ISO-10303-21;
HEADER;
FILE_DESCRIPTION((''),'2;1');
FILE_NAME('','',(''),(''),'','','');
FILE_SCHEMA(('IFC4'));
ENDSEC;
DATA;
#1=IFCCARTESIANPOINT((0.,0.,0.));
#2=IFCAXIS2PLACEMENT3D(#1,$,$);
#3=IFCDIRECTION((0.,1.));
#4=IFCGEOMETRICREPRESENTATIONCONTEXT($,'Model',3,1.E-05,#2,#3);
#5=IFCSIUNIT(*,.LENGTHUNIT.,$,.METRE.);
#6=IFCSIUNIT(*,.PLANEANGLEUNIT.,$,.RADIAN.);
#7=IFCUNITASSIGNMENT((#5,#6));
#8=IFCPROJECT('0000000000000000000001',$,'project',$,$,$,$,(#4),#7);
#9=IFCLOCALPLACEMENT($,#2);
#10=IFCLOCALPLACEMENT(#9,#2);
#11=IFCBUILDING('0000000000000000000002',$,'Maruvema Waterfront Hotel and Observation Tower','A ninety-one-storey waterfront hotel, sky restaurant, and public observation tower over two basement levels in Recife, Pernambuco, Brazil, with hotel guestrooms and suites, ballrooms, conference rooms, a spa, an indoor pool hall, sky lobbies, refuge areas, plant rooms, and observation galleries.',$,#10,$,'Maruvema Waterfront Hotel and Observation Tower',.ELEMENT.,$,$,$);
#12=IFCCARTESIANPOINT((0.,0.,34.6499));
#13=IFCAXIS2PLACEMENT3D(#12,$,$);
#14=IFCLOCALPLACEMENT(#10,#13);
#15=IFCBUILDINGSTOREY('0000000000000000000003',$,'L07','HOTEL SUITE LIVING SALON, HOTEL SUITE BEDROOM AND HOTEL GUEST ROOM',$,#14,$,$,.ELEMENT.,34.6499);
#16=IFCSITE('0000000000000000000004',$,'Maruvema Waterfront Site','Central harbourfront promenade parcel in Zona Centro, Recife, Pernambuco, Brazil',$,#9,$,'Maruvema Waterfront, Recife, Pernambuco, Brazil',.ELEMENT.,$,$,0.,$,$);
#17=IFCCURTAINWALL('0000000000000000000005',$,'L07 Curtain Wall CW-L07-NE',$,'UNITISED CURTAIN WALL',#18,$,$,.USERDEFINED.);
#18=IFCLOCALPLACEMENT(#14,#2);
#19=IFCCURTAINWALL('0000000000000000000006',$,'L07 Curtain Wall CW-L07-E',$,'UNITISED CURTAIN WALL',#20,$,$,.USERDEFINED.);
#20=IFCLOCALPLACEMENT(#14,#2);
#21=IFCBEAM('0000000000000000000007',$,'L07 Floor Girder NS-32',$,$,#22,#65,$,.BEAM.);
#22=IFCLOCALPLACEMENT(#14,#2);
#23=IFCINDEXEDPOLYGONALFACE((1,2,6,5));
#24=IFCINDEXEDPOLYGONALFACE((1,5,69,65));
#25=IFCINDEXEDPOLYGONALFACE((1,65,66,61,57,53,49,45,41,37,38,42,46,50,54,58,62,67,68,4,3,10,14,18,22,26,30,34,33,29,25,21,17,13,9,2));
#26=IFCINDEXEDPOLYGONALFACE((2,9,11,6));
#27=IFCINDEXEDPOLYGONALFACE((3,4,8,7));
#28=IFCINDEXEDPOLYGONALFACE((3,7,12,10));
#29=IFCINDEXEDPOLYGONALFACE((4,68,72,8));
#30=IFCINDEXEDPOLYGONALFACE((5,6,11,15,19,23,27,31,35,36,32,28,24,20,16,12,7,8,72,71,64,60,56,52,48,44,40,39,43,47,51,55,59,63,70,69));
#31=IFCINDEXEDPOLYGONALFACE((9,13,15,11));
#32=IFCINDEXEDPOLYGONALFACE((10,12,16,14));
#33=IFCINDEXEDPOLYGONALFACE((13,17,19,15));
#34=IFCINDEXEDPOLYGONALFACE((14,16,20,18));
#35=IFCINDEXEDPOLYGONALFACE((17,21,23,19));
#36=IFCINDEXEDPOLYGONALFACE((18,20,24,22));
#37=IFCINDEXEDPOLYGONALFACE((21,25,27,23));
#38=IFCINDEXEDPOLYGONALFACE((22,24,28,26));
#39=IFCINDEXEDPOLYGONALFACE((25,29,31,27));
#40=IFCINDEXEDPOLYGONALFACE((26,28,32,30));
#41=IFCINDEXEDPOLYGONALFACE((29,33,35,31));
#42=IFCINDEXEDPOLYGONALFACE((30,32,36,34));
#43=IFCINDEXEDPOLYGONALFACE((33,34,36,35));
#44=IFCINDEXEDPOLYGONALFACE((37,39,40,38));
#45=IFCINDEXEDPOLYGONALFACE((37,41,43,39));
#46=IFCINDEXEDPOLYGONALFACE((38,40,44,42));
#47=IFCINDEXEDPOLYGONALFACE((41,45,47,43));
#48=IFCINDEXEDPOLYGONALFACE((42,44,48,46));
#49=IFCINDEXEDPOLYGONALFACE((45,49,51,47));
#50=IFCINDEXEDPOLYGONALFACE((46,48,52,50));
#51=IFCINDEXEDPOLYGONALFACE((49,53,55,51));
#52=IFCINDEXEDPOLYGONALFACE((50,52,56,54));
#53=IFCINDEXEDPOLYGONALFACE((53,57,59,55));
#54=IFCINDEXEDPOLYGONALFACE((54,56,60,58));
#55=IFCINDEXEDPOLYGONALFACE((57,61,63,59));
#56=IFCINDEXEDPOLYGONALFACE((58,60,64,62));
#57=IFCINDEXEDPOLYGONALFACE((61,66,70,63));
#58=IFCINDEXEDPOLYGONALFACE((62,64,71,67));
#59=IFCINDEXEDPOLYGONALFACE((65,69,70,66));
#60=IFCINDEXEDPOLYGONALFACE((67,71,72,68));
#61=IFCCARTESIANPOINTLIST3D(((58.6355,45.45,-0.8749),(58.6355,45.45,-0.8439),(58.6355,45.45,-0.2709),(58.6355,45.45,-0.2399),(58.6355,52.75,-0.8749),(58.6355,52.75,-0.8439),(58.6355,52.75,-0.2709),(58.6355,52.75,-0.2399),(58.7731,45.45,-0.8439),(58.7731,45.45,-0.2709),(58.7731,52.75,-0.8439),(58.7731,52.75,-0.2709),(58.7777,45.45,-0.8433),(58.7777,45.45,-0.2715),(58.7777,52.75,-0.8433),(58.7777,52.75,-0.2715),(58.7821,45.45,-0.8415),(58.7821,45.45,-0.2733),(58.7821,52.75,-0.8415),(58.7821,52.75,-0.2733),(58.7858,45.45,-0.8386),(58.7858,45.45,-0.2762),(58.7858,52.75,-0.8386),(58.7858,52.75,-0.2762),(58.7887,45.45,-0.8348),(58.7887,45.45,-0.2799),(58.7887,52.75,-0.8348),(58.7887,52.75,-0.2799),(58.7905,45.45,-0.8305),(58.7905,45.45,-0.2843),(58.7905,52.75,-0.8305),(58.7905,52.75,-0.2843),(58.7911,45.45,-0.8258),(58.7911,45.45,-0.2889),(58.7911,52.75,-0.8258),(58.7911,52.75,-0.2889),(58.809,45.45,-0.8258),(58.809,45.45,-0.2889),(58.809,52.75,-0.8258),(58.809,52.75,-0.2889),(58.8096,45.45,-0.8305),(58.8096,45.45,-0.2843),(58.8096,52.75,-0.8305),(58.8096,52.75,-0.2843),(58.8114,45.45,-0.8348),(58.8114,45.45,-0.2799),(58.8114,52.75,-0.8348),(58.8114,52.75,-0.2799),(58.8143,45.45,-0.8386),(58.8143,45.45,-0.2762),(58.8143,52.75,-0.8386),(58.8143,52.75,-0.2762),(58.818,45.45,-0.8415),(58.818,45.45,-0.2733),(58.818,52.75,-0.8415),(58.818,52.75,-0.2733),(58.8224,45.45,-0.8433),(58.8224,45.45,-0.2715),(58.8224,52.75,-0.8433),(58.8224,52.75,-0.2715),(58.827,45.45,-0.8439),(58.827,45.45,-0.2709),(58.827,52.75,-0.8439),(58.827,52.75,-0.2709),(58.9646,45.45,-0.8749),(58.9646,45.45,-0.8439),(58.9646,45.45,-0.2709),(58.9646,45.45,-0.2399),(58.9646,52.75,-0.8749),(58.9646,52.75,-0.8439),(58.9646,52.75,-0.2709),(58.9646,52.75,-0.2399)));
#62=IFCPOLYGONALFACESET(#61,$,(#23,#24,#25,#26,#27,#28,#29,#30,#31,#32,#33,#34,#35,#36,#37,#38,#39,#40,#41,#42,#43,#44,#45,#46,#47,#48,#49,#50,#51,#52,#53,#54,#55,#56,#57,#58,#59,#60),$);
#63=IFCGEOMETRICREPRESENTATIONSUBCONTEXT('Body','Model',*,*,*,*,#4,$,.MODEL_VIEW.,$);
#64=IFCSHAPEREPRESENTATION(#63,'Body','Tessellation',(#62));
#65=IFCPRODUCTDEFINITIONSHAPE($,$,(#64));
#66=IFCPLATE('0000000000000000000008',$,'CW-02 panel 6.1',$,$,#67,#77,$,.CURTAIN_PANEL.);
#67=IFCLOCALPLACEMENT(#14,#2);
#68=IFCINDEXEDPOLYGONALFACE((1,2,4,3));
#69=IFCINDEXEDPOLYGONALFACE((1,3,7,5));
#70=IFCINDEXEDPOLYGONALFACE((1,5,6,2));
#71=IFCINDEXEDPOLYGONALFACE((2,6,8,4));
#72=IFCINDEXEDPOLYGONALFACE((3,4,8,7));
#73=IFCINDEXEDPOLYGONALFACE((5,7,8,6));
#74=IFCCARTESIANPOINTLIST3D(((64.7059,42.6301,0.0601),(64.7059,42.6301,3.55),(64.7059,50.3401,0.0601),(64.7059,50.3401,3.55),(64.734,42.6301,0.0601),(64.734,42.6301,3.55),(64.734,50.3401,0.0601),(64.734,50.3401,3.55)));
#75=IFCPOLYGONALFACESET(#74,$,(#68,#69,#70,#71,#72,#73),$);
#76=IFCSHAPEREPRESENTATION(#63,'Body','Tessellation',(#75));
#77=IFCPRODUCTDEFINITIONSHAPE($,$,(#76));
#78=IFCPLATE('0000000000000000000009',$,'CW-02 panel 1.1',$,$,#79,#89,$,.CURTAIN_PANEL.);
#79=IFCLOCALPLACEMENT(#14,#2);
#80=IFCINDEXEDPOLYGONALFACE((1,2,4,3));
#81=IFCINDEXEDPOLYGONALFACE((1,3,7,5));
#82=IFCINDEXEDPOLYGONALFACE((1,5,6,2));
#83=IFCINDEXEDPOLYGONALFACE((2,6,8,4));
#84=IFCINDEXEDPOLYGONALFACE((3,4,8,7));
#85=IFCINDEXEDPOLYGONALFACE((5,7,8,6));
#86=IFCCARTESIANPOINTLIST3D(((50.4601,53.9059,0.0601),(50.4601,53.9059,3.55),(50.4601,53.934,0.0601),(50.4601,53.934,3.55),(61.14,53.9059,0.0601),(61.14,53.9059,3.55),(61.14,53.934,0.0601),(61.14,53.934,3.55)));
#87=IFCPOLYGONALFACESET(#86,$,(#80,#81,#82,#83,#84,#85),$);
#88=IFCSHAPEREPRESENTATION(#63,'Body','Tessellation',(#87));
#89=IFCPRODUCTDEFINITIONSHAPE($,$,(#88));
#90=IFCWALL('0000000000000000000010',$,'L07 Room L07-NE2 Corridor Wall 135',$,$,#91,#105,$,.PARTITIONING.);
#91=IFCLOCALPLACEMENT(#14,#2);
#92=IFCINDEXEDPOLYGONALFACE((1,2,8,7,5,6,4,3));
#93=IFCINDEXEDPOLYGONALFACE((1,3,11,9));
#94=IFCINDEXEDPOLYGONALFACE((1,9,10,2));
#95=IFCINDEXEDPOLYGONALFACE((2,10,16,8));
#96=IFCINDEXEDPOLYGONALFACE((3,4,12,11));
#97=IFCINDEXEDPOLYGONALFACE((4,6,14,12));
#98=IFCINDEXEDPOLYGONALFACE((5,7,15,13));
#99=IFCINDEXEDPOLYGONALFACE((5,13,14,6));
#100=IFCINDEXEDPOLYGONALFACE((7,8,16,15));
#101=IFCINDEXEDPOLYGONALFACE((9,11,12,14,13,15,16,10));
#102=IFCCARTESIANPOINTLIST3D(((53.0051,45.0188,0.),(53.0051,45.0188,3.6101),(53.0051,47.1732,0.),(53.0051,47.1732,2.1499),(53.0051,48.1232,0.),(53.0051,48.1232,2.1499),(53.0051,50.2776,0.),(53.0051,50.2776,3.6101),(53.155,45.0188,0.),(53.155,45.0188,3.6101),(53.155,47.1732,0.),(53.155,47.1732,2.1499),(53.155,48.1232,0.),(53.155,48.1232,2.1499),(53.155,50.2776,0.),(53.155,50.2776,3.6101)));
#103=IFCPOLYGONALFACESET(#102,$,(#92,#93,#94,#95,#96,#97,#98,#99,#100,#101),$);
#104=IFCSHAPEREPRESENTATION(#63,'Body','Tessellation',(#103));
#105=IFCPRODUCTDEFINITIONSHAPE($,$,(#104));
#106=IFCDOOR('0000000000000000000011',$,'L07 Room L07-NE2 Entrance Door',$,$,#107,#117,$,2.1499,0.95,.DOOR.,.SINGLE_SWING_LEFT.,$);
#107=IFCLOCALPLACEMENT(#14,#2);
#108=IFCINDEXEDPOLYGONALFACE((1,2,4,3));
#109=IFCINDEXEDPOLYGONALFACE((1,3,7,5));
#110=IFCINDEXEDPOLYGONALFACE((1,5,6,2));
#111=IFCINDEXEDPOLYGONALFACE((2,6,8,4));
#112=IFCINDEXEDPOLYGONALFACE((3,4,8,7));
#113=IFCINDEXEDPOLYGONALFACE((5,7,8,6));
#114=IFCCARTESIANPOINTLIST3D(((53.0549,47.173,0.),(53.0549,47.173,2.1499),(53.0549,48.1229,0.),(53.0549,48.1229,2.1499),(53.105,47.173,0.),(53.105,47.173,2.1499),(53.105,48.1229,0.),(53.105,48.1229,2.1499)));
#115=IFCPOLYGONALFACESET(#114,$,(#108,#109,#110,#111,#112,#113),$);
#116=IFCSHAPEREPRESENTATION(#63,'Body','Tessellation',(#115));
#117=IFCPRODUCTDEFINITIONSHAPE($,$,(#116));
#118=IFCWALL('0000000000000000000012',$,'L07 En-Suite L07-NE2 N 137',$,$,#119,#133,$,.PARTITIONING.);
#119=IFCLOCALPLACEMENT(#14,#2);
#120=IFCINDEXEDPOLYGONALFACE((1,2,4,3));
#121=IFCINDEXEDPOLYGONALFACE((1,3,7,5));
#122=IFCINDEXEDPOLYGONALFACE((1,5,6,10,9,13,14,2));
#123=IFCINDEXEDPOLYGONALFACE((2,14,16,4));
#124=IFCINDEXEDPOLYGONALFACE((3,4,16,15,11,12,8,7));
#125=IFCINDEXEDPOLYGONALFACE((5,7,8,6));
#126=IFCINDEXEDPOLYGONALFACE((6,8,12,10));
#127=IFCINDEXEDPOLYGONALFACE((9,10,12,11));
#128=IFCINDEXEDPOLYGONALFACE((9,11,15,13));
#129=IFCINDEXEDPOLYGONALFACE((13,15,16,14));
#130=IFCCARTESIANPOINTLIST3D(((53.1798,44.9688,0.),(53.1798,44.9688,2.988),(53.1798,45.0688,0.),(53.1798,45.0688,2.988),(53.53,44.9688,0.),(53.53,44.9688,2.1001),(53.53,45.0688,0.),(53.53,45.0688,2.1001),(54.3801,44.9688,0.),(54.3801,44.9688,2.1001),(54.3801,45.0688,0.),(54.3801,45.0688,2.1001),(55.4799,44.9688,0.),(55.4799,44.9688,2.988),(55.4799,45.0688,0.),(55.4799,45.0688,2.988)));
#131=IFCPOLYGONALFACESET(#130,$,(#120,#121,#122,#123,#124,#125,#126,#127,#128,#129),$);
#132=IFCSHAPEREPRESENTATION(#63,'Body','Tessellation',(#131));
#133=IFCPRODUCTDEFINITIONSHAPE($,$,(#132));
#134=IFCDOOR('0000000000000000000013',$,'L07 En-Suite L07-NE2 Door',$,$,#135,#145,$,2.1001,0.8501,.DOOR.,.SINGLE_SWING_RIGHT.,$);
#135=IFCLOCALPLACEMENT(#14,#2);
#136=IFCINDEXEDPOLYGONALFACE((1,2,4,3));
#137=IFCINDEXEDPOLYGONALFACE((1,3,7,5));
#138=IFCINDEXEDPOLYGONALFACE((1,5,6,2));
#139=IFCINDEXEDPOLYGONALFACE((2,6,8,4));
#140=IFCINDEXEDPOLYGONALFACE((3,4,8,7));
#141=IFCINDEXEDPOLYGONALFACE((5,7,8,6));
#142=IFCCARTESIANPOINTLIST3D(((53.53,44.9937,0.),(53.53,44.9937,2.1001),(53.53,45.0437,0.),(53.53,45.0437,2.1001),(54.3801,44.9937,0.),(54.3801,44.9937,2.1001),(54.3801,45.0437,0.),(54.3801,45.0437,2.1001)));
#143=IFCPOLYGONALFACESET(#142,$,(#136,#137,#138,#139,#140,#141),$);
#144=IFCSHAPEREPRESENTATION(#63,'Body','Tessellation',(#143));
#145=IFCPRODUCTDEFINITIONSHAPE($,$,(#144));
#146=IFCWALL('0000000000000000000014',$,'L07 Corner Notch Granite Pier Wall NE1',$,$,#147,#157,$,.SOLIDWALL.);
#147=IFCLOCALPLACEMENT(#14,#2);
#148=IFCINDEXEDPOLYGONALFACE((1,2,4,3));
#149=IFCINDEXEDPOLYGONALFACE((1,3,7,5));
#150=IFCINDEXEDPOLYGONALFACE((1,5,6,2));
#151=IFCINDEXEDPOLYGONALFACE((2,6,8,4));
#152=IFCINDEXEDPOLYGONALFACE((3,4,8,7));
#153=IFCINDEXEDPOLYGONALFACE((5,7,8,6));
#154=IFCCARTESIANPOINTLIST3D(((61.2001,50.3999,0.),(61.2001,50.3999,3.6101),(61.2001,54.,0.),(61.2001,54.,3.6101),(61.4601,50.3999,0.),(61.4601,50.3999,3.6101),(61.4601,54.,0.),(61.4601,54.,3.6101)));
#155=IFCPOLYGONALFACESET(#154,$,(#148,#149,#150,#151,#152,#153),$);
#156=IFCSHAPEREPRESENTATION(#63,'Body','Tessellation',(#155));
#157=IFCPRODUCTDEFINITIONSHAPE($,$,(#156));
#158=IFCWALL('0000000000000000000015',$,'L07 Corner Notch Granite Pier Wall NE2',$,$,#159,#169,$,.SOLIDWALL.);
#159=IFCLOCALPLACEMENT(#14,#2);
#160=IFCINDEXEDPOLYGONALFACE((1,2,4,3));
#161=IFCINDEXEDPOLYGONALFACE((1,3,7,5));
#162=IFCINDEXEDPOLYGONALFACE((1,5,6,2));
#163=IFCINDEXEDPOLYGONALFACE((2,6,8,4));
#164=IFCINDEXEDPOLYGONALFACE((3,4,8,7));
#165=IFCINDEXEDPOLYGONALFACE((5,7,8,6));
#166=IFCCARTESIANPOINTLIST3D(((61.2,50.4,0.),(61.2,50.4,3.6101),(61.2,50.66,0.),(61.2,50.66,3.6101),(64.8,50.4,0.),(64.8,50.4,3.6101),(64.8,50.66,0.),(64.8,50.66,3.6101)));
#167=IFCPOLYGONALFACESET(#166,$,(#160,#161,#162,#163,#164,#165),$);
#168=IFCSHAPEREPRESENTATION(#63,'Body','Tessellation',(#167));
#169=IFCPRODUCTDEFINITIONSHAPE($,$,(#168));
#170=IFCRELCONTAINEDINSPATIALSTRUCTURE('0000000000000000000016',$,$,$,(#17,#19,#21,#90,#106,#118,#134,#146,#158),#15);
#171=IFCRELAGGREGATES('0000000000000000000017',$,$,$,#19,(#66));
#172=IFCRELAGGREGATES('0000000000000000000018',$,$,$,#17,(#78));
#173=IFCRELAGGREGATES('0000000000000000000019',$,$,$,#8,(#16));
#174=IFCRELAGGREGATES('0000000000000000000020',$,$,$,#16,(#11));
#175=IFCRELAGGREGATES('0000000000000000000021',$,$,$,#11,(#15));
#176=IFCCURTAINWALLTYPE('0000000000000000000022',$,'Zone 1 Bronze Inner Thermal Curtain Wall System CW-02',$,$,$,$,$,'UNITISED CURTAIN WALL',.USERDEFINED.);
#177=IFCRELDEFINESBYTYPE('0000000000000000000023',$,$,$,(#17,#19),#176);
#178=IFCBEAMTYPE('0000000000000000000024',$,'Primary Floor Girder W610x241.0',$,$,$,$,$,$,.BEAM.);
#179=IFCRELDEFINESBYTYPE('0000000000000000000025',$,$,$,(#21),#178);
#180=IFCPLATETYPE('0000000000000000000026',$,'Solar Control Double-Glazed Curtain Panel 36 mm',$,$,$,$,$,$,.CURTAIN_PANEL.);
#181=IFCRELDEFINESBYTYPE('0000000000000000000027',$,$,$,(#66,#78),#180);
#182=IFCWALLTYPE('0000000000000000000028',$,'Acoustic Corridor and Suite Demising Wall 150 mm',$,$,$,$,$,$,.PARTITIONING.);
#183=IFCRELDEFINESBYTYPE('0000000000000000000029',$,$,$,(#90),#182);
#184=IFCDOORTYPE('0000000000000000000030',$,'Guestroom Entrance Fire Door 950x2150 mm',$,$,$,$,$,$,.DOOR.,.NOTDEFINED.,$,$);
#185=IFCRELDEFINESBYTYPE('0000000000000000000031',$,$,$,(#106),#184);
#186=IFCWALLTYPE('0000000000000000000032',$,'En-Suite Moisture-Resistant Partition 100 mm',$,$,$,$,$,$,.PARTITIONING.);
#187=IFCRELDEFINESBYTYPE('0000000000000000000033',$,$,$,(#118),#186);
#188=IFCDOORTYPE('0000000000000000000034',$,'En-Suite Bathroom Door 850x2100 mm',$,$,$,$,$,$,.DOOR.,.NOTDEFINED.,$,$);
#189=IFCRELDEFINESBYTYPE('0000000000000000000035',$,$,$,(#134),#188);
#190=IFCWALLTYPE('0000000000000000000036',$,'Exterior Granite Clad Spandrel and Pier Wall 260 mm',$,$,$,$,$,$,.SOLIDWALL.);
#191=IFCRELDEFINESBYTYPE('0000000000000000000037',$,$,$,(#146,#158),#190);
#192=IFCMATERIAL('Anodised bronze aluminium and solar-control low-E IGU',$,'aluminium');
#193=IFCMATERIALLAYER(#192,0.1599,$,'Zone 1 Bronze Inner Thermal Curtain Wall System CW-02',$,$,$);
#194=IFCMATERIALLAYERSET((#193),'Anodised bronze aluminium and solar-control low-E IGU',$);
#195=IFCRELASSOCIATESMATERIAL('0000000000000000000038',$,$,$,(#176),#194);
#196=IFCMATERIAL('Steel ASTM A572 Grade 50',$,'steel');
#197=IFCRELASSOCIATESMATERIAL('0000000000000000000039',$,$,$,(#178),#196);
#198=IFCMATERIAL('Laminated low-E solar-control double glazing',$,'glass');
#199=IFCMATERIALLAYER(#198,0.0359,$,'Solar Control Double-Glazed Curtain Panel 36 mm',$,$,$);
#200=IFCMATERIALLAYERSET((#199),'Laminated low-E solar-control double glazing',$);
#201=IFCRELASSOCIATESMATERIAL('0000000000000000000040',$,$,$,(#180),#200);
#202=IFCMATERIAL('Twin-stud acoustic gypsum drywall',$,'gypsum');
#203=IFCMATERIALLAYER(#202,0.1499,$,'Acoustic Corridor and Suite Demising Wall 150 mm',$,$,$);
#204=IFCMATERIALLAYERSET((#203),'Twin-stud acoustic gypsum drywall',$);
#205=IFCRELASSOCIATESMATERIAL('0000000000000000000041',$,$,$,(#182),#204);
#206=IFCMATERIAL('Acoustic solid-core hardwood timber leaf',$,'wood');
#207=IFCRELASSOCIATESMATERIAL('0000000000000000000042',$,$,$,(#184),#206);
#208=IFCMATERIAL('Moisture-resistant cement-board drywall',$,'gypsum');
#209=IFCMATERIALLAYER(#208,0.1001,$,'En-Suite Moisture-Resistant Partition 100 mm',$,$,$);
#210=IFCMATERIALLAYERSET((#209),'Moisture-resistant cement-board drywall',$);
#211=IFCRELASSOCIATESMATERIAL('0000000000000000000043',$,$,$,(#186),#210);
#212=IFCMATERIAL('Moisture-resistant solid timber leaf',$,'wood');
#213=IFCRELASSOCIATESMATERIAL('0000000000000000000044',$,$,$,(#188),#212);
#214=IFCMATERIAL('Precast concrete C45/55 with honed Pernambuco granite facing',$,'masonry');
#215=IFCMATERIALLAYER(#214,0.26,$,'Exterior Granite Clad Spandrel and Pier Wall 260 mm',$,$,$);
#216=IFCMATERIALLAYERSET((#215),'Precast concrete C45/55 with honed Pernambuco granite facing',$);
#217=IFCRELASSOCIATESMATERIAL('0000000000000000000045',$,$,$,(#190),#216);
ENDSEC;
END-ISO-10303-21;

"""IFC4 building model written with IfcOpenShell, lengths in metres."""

from ifc_helpers import new_model, si_unit, direction, frame, frame_2d, origin, origin_2d, place, context, subcontext, project, spatial, rectangle, i_section, extrude, material, layer, layer_set, material_profile, profile_set, type_object, element, fill, aggregate, save


model = new_model("IFC4")

# Units and contexts
model_context = context("Model", 3, precision=1e-05, world=origin(), true_north=direction((0.0, 1.0)))
body_context = subcontext(model_context, "Body", "Model", "MODEL_VIEW")
ifc_project = project(units=[si_unit("LENGTHUNIT", "METRE"), si_unit("PLANEANGLEUNIT", "RADIAN")], contexts=[model_context])

# Site, building, storey
site_placement = place(None, origin())
site = spatial("IfcSite", under=ifc_project, at=site_placement, Name="Maruvema Waterfront Site", Description="Central harbourfront promenade parcel in Zona Centro, Recife, Pernambuco, Brazil", LongName="Maruvema Waterfront, Recife, Pernambuco, Brazil", CompositionType="ELEMENT", RefElevation=0.0)
building_placement = place(site_placement, origin())
building = spatial("IfcBuilding", under=site, at=building_placement, Name="Maruvema Waterfront Hotel and Observation Tower", Description="A ninety-one-storey waterfront hotel, sky restaurant, and public observation tower over two basement levels in Recife, Pernambuco, Brazil, with hotel guestrooms and suites, ballrooms, conference rooms, a spa, an indoor pool hall, sky lobbies, refuge areas, plant rooms, and observation galleries.", LongName="Maruvema Waterfront Hotel and Observation Tower", CompositionType="ELEMENT")
storey_placement = place(building_placement, frame((0.0, 0.0, 34.6499)))
storey = spatial("IfcBuildingStorey", under=building, at=storey_placement, Name="L07", Description="HOTEL SUITE LIVING SALON, HOTEL SUITE BEDROOM AND HOTEL GUEST ROOM", CompositionType="ELEMENT", Elevation=34.6499)

# Curtain wall
ifc_material_1 = material(Name="Anodised bronze aluminium and solar-control low-E IGU", Category="aluminium")
ifc_layer_1 = layer(ifc_material_1, 0.1599, Name="Zone 1 Bronze Inner Thermal Curtain Wall System CW-02")
ifc_layer_set_1 = layer_set([ifc_layer_1], Name="Anodised bronze aluminium and solar-control low-E IGU")
curtain_wall_type = type_object("IfcCurtainWallType", Name="Zone 1 Bronze Inner Thermal Curtain Wall System CW-02", ElementType="UNITISED CURTAIN WALL", PredefinedType="USERDEFINED", material=ifc_layer_set_1)
curtain_wall_1_placement = place(storey_placement, origin())
curtain_wall_1 = element("IfcCurtainWall", 1, at=curtain_wall_1_placement, inside=storey, type_object=curtain_wall_type, Name="L07 Curtain Wall CW-L07-NE", ObjectType="UNITISED CURTAIN WALL", PredefinedType="USERDEFINED")

# Curtain wall
curtain_wall_2_placement = place(storey_placement, origin())
curtain_wall_2 = element("IfcCurtainWall", 2, at=curtain_wall_2_placement, inside=storey, type_object=curtain_wall_type, Name="L07 Curtain Wall CW-L07-E", ObjectType="UNITISED CURTAIN WALL", PredefinedType="USERDEFINED")

# Beam
ifc_material_2 = material(Name="Steel ASTM A572 Grade 50", Category="steel")
ifc_material_profile_1 = material_profile(ifc_material_2, i_section(OverallWidth=0.3291, OverallDepth=0.635, WebThickness=0.0178, FlangeThickness=0.031, FilletRadius=0.0181, at=origin_2d()), Name="W610x241.0")
ifc_profile_set_1 = profile_set([ifc_material_profile_1], Name="Steel ASTM A572 Grade 50")
beam_type = type_object("IfcBeamType", Name="Primary Floor Girder W610x241.0", PredefinedType="BEAM", material=ifc_profile_set_1)
beam_1_placement = place(storey_placement, frame((58.8, 45.45, -0.5574), z_axis=(0.0, 1.0, 0.0), x_axis=(-1.0, 0.0, 0.0)))
element("IfcBeam", 3, at=beam_1_placement, inside=storey, type_object=beam_type, Name="L07 Floor Girder NS-32", PredefinedType="BEAM", context=body_context, shape_type="SweptSolid", body=[
    extrude(i_section(OverallWidth=0.3291, OverallDepth=0.635, WebThickness=0.0178, FlangeThickness=0.031, FilletRadius=0.0181, at=origin_2d()), origin(), (0.0, 0.0, 1.0), 7.3),
])

# Plates
ifc_material_3 = material(Name="Laminated low-E solar-control double glazing", Category="glass")
ifc_layer_2 = layer(ifc_material_3, 0.0359, Name="Solar Control Double-Glazed Curtain Panel 36 mm")
ifc_layer_set_2 = layer_set([ifc_layer_2], Name="Laminated low-E solar-control double glazing")
plate_type = type_object("IfcPlateType", Name="Solar Control Double-Glazed Curtain Panel 36 mm", PredefinedType="CURTAIN_PANEL", material=ifc_layer_set_2)
plate_1_placement = place(storey_placement, frame((64.72, 46.4851, 0.0601), z_axis=(0.0, 0.0, 1.0), x_axis=(0.0, 1.0, 0.0)))
plate_1 = element("IfcPlate", 4, at=plate_1_placement, type_object=plate_type, Name="CW-02 panel 6.1", PredefinedType="CURTAIN_PANEL", context=body_context, shape_type="SweptSolid", body=[
    extrude(rectangle(XDim=7.71, YDim=0.0281, at=origin_2d()), origin(), (0.0, 0.0, 1.0), 3.49),
])
aggregate(curtain_wall_2, [plate_1])
plate_2_placement = place(storey_placement, frame((55.8, 53.9199, 0.0601), z_axis=(0.0, 0.0, 1.0), x_axis=(-1.0, 0.0, 0.0)))
plate_2 = element("IfcPlate", 5, at=plate_2_placement, type_object=plate_type, Name="CW-02 panel 1.1", PredefinedType="CURTAIN_PANEL", context=body_context, shape_type="SweptSolid", body=[
    extrude(rectangle(XDim=10.6799, YDim=0.0281, at=origin_2d()), origin(), (0.0, 0.0, 1.0), 3.49),
])
aggregate(curtain_wall_1, [plate_2])

# Walls, openings, doors
ifc_material_4 = material(Name="Twin-stud acoustic gypsum drywall", Category="gypsum")
ifc_layer_3 = layer(ifc_material_4, 0.1499, Name="Acoustic Corridor and Suite Demising Wall 150 mm")
ifc_layer_set_3 = layer_set([ifc_layer_3], Name="Twin-stud acoustic gypsum drywall")
wall_type_1 = type_object("IfcWallType", Name="Acoustic Corridor and Suite Demising Wall 150 mm", PredefinedType="PARTITIONING", material=ifc_layer_set_3)
wall_1_placement = place(storey_placement, frame((53.0801, 45.0188, 0.0), z_axis=(0.0, 0.0, 1.0), x_axis=(0.0, 1.0, 0.0)))
wall_1 = element("IfcWall", 6, at=wall_1_placement, inside=storey, type_object=wall_type_1, Name="L07 Room L07-NE2 Corridor Wall 135", PredefinedType="PARTITIONING", context=body_context, shape_type="SweptSolid", body=[
    extrude(rectangle(XDim=5.2588, YDim=0.1499, at=frame_2d((2.6294, 0.0))), origin(), (0.0, 0.0, 1.0), 3.6101),
])
opening_1_placement = place(wall_1_placement, frame((2.1543, 0.0, 0.0)))
opening_1 = element("IfcOpeningElement", 7, at=opening_1_placement, cuts=wall_1, PredefinedType="OPENING", context=body_context, shape_type="SweptSolid", body=[
    extrude(rectangle(XDim=0.95, YDim=2.1499, at=frame_2d((0.4751, 1.075))), frame((0.0, 0.085, 0.0), z_axis=(0.0, -1.0, 0.0), x_axis=(1.0, 0.0, 0.0)), (0.0, 0.0, 1.0), 0.1699),
])
ifc_material_5 = material(Name="Acoustic solid-core hardwood timber leaf", Category="wood")
door_type_1 = type_object("IfcDoorType", Name="Guestroom Entrance Fire Door 950x2150 mm", OperationType="NOTDEFINED", PredefinedType="DOOR", material=ifc_material_5)
door_1_placement = place(opening_1_placement, frame((0.95, 0.0, 0.0), z_axis=(0.0, 0.0, 1.0), x_axis=(-1.0, 0.0, 0.0)))
door_1 = element("IfcDoor", 8, at=door_1_placement, inside=storey, type_object=door_type_1, Name="L07 Room L07-NE2 Entrance Door", OperationType="SINGLE_SWING_LEFT", OverallHeight=2.1499, OverallWidth=0.95, PredefinedType="DOOR", context=body_context, shape_type="SweptSolid", body=[
    extrude(rectangle(XDim=0.95, YDim=2.1499, at=frame_2d((0.4751, 1.075))), frame((0.0, 0.0249, 0.0), z_axis=(0.0, -1.0, 0.0), x_axis=(1.0, 0.0, 0.0)), (0.0, 0.0, 1.0), 0.05),
])
fill(opening_1, door_1)
ifc_material_6 = material(Name="Moisture-resistant cement-board drywall", Category="gypsum")
ifc_layer_4 = layer(ifc_material_6, 0.1001, Name="En-Suite Moisture-Resistant Partition 100 mm")
ifc_layer_set_4 = layer_set([ifc_layer_4], Name="Moisture-resistant cement-board drywall")
wall_type_2 = type_object("IfcWallType", Name="En-Suite Moisture-Resistant Partition 100 mm", PredefinedType="PARTITIONING", material=ifc_layer_set_4)
wall_2_placement = place(storey_placement, frame((53.1799, 45.0188, 0.0), z_axis=(0.0, 0.0, 1.0), x_axis=(1.0, 0.0, 0.0)))
wall_2 = element("IfcWall", 9, at=wall_2_placement, inside=storey, type_object=wall_type_2, Name="L07 En-Suite L07-NE2 N 137", PredefinedType="PARTITIONING", context=body_context, shape_type="SweptSolid", body=[
    extrude(rectangle(XDim=2.3, YDim=0.1001, at=frame_2d((1.1499, 0.0))), origin(), (0.0, 0.0, 1.0), 2.988),
])
opening_2_placement = place(wall_2_placement, frame((0.3501, 0.0, 0.0)))
opening_2 = element("IfcOpeningElement", 10, at=opening_2_placement, cuts=wall_2, PredefinedType="OPENING", context=body_context, shape_type="SweptSolid", body=[
    extrude(rectangle(XDim=0.8501, YDim=2.1001, at=frame_2d((0.425, 1.05))), frame((0.0, 0.0601, 0.0), z_axis=(0.0, -1.0, 0.0), x_axis=(1.0, 0.0, 0.0)), (0.0, 0.0, 1.0), 0.1201),
])
ifc_material_7 = material(Name="Moisture-resistant solid timber leaf", Category="wood")
door_type_2 = type_object("IfcDoorType", Name="En-Suite Bathroom Door 850x2100 mm", OperationType="NOTDEFINED", PredefinedType="DOOR", material=ifc_material_7)
door_2_placement = place(opening_2_placement, origin())
door_2 = element("IfcDoor", 11, at=door_2_placement, inside=storey, type_object=door_type_2, Name="L07 En-Suite L07-NE2 Door", OperationType="SINGLE_SWING_RIGHT", OverallHeight=2.1001, OverallWidth=0.8501, PredefinedType="DOOR", context=body_context, shape_type="SweptSolid", body=[
    extrude(rectangle(XDim=0.8501, YDim=2.1001, at=frame_2d((0.425, 1.05))), frame((0.0, 0.0249, 0.0), z_axis=(0.0, -1.0, 0.0), x_axis=(1.0, 0.0, 0.0)), (0.0, 0.0, 1.0), 0.05),
])
fill(opening_2, door_2)

# Walls
ifc_material_8 = material(Name="Precast concrete C45/55 with honed Pernambuco granite facing", Category="masonry")
ifc_layer_5 = layer(ifc_material_8, 0.26, Name="Exterior Granite Clad Spandrel and Pier Wall 260 mm")
ifc_layer_set_5 = layer_set([ifc_layer_5], Name="Precast concrete C45/55 with honed Pernambuco granite facing")
wall_type_3 = type_object("IfcWallType", Name="Exterior Granite Clad Spandrel and Pier Wall 260 mm", PredefinedType="SOLIDWALL", material=ifc_layer_set_5)
for number, where, z_axis, x_axis, name in (
    (12, (61.3301, 54.0, 0.0), (0.0, 0.0, 1.0), (0.0, -1.0, 0.0), "L07 Corner Notch Granite Pier Wall NE1"),
    (13, (61.2, 50.53, 0.0), (0.0, 0.0, 1.0), (1.0, 0.0, 0.0), "L07 Corner Notch Granite Pier Wall NE2"),
):
    element("IfcWall", number, at=place(storey_placement, frame(where, z_axis=z_axis, x_axis=x_axis)), inside=storey, type_object=wall_type_3, Name=name, PredefinedType="SOLIDWALL", context=body_context, shape_type="SweptSolid", body=[
        extrude(rectangle(XDim=3.6001, YDim=0.26, at=frame_2d((1.8, 0.0))), origin(), (0.0, 0.0, 1.0), 3.6101),
    ])

save(model, "model.ifc")
